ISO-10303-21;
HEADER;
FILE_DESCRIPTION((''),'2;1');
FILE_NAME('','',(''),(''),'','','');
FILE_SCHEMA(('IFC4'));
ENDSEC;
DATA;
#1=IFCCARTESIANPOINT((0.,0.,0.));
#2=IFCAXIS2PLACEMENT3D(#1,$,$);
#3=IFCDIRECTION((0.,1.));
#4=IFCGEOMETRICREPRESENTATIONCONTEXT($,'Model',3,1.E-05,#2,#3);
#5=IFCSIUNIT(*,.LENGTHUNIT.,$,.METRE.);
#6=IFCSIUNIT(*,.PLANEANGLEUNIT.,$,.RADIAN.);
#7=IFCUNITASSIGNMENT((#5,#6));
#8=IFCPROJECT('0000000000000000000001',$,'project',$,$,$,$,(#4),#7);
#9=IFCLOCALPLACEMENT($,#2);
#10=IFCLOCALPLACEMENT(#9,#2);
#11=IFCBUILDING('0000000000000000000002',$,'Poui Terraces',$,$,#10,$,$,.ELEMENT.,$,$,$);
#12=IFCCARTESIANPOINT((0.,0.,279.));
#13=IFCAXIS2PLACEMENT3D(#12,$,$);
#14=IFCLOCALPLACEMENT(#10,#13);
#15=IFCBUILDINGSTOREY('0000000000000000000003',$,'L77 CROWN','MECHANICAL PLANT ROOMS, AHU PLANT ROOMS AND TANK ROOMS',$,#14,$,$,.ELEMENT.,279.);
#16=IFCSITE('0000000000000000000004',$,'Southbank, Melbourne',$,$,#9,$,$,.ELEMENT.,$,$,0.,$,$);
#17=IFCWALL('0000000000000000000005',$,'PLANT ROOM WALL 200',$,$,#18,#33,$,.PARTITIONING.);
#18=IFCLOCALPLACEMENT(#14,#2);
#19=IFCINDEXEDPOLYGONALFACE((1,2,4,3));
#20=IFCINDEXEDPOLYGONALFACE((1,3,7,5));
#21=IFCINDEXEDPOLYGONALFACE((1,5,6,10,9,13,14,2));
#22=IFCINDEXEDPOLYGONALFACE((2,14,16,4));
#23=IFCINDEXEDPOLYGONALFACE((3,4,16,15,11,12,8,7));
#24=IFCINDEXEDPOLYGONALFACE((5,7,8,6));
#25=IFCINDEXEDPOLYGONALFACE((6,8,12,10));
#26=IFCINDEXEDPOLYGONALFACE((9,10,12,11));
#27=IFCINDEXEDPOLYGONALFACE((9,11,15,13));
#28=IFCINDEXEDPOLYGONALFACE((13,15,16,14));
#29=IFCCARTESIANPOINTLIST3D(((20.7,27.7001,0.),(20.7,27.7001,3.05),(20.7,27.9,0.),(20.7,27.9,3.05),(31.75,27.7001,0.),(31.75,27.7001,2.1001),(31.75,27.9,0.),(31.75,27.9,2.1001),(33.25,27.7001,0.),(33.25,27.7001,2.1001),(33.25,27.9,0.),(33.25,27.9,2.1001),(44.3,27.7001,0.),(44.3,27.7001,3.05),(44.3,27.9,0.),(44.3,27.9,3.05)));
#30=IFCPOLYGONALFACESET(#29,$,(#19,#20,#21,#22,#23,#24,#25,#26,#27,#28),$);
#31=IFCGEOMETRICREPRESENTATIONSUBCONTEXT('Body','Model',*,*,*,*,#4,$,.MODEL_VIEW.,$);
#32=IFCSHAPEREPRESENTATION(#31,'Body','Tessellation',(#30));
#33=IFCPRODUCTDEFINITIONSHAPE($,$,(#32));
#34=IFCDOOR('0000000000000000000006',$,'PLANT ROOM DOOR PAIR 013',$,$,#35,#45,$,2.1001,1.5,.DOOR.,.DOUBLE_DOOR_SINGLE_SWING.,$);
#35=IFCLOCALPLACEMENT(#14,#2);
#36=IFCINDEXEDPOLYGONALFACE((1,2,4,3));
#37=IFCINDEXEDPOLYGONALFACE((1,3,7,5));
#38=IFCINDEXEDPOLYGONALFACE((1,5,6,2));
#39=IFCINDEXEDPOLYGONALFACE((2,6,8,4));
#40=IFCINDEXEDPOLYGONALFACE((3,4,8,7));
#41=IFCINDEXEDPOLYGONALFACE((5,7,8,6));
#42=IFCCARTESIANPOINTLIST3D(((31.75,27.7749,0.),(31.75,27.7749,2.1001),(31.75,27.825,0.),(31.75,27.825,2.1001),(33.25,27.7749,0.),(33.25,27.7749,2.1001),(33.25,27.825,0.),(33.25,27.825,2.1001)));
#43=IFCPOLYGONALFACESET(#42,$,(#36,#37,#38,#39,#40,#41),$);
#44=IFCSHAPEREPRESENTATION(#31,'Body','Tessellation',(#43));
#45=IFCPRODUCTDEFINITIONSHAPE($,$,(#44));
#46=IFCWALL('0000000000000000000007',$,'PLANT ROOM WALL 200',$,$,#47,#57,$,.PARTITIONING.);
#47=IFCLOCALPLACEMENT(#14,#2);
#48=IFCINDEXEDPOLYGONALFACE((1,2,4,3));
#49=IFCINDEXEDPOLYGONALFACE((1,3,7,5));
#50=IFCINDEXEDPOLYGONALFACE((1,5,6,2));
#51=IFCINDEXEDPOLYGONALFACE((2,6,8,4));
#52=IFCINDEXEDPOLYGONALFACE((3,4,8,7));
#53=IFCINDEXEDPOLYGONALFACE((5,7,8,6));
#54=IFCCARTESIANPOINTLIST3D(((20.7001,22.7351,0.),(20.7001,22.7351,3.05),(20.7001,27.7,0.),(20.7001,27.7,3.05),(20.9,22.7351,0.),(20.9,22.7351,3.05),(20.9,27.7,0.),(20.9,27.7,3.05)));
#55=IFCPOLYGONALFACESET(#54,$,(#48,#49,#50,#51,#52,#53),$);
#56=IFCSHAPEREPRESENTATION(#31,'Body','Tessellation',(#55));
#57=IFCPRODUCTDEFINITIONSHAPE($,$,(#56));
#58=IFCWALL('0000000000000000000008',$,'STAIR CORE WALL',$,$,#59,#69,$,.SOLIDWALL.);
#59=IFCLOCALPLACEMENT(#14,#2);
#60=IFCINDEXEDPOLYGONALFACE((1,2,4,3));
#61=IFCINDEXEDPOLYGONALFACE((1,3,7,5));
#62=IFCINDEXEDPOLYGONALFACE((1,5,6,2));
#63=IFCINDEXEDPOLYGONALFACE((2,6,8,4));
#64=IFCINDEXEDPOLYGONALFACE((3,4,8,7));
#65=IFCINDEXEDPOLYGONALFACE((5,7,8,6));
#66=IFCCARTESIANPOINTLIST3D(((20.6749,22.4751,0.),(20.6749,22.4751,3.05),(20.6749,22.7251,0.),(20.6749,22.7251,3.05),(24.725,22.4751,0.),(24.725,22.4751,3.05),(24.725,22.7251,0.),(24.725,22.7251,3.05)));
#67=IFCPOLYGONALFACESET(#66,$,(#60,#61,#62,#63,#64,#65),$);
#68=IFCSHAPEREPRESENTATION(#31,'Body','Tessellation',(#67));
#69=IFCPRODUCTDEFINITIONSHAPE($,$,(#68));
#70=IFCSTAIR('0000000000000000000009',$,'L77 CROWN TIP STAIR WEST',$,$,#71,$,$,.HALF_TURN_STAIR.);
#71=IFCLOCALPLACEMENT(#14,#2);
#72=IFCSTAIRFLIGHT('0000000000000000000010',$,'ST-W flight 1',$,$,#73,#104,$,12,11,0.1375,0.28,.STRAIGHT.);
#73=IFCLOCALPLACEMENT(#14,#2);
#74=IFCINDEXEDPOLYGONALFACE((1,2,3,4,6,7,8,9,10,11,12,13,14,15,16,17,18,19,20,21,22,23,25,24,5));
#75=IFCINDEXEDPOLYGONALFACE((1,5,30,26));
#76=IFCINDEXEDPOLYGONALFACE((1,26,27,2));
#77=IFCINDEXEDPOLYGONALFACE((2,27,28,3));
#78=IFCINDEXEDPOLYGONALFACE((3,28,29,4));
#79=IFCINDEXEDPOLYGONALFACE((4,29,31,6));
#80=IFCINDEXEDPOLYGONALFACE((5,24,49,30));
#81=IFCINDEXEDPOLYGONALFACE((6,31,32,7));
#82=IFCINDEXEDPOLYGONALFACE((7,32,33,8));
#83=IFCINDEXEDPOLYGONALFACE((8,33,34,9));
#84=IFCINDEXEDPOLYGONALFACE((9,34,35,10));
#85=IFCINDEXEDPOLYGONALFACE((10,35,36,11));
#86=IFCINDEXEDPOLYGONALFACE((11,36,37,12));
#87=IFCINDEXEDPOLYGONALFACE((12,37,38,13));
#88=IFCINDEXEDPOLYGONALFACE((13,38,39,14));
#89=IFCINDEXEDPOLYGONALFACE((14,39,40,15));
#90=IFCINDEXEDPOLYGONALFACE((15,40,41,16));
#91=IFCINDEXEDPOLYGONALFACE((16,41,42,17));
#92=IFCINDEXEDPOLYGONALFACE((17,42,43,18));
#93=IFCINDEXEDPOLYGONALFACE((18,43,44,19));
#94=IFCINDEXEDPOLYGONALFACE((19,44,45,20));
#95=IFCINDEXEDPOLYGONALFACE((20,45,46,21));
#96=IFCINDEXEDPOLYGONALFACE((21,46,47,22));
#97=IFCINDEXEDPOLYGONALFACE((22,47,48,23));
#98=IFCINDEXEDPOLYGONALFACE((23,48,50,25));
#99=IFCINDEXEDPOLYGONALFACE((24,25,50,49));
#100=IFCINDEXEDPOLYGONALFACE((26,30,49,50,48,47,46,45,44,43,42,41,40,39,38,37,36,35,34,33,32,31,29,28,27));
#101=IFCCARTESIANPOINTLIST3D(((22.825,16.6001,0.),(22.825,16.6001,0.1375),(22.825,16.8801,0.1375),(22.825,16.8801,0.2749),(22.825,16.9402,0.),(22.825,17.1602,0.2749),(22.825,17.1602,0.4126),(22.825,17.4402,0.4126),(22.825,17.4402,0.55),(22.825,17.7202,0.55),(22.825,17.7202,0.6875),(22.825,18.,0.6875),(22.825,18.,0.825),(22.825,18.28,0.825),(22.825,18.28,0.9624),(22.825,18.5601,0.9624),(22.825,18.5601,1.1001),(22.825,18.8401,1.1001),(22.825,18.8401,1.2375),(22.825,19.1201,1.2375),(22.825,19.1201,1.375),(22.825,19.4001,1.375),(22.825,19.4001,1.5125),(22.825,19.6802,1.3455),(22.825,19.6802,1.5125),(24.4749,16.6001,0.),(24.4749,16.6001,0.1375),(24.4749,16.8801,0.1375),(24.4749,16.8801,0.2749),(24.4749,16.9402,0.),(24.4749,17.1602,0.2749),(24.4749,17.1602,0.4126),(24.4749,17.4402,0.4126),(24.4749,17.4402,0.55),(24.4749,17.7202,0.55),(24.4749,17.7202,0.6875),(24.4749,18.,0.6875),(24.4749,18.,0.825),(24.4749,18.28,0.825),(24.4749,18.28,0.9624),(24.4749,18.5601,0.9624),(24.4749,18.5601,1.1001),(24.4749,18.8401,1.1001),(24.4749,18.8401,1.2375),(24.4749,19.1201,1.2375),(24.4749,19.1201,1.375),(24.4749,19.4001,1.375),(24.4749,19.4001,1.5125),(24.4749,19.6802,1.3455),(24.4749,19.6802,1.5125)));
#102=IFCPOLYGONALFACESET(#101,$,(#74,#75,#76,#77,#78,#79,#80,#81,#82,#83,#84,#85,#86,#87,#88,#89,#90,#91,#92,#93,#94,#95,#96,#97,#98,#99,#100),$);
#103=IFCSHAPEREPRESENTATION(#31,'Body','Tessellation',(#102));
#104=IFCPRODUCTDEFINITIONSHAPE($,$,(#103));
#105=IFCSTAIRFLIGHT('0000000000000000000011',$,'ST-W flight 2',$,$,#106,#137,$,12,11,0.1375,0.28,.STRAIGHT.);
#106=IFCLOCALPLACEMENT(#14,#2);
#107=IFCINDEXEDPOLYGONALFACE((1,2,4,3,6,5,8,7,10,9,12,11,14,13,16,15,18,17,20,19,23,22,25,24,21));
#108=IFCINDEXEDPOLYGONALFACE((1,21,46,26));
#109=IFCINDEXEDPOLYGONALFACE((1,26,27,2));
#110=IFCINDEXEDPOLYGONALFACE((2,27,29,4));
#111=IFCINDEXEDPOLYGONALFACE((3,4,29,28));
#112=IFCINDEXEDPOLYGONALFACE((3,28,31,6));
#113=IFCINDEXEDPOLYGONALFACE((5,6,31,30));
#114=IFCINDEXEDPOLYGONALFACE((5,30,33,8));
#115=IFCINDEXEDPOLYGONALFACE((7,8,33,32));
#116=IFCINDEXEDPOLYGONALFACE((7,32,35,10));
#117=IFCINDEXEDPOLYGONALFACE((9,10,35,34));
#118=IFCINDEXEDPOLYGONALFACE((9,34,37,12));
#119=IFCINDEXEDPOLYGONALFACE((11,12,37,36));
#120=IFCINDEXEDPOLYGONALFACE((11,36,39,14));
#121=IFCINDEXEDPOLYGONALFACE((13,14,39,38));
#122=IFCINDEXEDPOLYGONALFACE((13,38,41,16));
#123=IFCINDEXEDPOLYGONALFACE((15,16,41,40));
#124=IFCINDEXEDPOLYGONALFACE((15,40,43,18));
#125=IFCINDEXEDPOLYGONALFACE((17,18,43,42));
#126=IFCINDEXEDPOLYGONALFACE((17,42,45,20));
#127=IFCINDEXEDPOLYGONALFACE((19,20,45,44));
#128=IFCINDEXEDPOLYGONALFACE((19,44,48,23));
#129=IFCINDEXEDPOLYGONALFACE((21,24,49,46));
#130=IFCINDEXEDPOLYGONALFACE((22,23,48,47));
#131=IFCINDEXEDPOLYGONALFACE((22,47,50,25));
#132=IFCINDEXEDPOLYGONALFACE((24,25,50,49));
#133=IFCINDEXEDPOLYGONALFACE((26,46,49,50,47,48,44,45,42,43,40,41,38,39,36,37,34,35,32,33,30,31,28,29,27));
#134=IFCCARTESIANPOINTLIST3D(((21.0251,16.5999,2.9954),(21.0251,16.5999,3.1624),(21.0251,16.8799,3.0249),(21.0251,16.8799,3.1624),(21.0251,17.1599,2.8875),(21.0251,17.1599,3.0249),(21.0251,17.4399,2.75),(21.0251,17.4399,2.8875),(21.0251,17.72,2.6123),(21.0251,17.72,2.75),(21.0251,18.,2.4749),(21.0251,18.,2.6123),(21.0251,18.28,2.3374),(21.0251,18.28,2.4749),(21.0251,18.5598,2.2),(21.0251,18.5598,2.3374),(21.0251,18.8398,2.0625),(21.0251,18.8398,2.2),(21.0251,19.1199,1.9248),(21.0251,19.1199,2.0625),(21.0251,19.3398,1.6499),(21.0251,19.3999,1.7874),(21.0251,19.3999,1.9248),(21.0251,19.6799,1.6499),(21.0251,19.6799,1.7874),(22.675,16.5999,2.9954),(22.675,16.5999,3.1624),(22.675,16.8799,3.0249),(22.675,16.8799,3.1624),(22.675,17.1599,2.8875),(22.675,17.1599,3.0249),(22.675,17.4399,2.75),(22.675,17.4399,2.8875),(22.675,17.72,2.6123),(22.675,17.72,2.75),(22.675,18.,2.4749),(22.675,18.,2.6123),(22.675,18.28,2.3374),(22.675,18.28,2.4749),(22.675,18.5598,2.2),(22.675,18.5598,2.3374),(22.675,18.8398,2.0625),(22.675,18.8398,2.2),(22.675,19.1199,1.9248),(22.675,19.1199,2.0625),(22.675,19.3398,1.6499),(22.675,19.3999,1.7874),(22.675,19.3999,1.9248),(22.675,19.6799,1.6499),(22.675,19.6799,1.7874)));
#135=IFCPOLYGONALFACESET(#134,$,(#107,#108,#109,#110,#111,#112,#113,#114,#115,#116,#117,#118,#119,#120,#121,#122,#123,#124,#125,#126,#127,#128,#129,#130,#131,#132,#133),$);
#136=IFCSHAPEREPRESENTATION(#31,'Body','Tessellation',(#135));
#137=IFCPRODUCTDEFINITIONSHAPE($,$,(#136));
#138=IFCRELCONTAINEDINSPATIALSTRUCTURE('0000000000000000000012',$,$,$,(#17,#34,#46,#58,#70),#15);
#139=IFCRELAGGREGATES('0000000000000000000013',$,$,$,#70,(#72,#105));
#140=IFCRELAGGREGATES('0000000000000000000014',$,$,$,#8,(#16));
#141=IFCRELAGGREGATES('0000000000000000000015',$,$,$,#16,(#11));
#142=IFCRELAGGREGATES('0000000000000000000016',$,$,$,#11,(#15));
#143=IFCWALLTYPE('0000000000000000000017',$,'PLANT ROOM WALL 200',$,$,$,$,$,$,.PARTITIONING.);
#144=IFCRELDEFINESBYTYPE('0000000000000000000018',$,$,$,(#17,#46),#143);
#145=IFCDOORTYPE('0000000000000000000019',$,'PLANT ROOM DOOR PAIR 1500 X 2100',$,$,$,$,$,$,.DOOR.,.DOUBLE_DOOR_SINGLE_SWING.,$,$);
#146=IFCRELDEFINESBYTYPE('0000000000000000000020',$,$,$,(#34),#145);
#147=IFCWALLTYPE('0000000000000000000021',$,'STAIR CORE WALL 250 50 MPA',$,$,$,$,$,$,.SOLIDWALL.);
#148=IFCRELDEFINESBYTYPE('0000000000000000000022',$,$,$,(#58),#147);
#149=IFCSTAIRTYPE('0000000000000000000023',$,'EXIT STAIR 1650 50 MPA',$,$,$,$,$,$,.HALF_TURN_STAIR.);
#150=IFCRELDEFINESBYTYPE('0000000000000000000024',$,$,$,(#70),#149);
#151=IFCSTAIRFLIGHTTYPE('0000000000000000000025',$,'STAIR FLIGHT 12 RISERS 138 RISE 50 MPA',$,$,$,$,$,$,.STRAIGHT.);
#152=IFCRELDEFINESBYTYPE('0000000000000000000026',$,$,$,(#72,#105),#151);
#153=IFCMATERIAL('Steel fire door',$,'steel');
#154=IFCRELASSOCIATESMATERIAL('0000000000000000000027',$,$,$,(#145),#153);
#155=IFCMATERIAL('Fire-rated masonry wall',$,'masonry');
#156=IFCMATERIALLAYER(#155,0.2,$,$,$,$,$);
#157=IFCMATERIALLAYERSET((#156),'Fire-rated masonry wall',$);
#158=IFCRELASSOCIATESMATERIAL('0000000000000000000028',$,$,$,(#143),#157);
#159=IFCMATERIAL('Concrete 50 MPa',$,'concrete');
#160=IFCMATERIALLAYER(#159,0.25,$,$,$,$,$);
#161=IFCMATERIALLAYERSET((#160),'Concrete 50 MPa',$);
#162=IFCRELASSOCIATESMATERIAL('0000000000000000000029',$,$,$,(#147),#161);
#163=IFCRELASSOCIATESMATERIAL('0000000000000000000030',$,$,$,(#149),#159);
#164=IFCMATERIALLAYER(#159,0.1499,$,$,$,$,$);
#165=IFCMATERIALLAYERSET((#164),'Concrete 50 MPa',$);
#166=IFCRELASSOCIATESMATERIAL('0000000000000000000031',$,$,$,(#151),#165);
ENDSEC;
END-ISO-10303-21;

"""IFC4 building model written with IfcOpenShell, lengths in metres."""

from ifc_helpers import new_model, si_unit, direction, frame, frame_2d, origin, place, context, subcontext, project, spatial, polyline, rectangle, outline, extrude, material, layer, layer_set, type_object, element, fill, aggregate, save


model = new_model("IFC4")

# Units and contexts
model_context = context("Model", 3, precision=1e-05, world=origin(), true_north=direction((0.0, 1.0)))
body_context = subcontext(model_context, "Body", "Model", "MODEL_VIEW")
ifc_project = project(units=[si_unit("LENGTHUNIT", "METRE"), si_unit("PLANEANGLEUNIT", "RADIAN")], contexts=[model_context])

# Site, building, storey
site_placement = place(None, origin())
site = spatial("IfcSite", under=ifc_project, at=site_placement, Name="Southbank, Melbourne", CompositionType="ELEMENT", RefElevation=0.0)
building_placement = place(site_placement, origin())
building = spatial("IfcBuilding", under=site, at=building_placement, Name="Poui Terraces", CompositionType="ELEMENT")
storey_placement = place(building_placement, frame((0.0, 0.0, 279.0)))
storey = spatial("IfcBuildingStorey", under=building, at=storey_placement, Name="L77 CROWN", Description="MECHANICAL PLANT ROOMS, AHU PLANT ROOMS AND TANK ROOMS", CompositionType="ELEMENT", Elevation=279.0)

# Shared definitions
ifc_material_1 = material(Name="Concrete 50 MPa", Category="concrete")

# Shared definitions
ifc_material_2 = material(Name="Steel fire door", Category="steel")

# Shared definitions
door_type_1 = type_object("IfcDoorType", Name="PLANT ROOM DOOR PAIR 1500 X 2100", OperationType="DOUBLE_DOOR_SINGLE_SWING", PredefinedType="DOOR", material=ifc_material_2)

# Shared definitions
ifc_material_3 = material(Name="Fire-rated masonry wall", Category="masonry")
ifc_layer_1 = layer(ifc_material_3, 0.2)
ifc_layer_set_1 = layer_set([ifc_layer_1], Name="Fire-rated masonry wall")
wall_type_1 = type_object("IfcWallType", Name="PLANT ROOM WALL 200", PredefinedType="PARTITIONING", material=ifc_layer_set_1)

# Wall, opening, door
wall_1_placement = place(storey_placement, frame((20.7, 27.8, 0.0), z_axis=(0.0, 0.0, 1.0), x_axis=(1.0, 0.0, 0.0)))
wall_1 = element("IfcWall", 1, at=wall_1_placement, inside=storey, type_object=wall_type_1, Name="PLANT ROOM WALL 200", PredefinedType="PARTITIONING", context=body_context, shape_type="SweptSolid", body=[
    extrude(rectangle(XDim=23.6001, YDim=0.2, at=frame_2d((11.8, 0.0))), origin(), (0.0, 0.0, 1.0), 3.05),
])
opening_1_placement = place(wall_1_placement, frame((11.05, 0.0, 0.0)))
opening_1 = element("IfcOpeningElement", 2, at=opening_1_placement, cuts=wall_1, PredefinedType="OPENING", context=body_context, shape_type="SweptSolid", body=[
    extrude(rectangle(XDim=1.5, YDim=2.1001, at=frame_2d((0.75, 1.05))), frame((0.0, 0.1099, 0.0), z_axis=(0.0, -1.0, 0.0), x_axis=(1.0, 0.0, 0.0)), (0.0, 0.0, 1.0), 0.22),
])
door_1_placement = place(opening_1_placement, origin())
door_1 = element("IfcDoor", 3, at=door_1_placement, inside=storey, type_object=door_type_1, Name="PLANT ROOM DOOR PAIR 013", OperationType="DOUBLE_DOOR_SINGLE_SWING", OverallHeight=2.1001, OverallWidth=1.5, PredefinedType="DOOR", context=body_context, shape_type="SweptSolid", body=[
    extrude(rectangle(XDim=1.5, YDim=2.1001, at=frame_2d((0.75, 1.05))), frame((0.0, 0.0249, 0.0), z_axis=(0.0, -1.0, 0.0), x_axis=(1.0, 0.0, 0.0)), (0.0, 0.0, 1.0), 0.05),
])
fill(opening_1, door_1)

# Walls
wall_2_placement = place(storey_placement, frame((20.8, 22.7351, 0.0), z_axis=(0.0, 0.0, 1.0), x_axis=(0.0, 1.0, 0.0)))
element("IfcWall", 4, at=wall_2_placement, inside=storey, type_object=wall_type_1, Name="PLANT ROOM WALL 200", PredefinedType="PARTITIONING", context=body_context, shape_type="SweptSolid", body=[
    extrude(rectangle(XDim=4.9648, YDim=0.2, at=frame_2d((2.4824, 0.0))), origin(), (0.0, 0.0, 1.0), 3.05),
])
ifc_layer_2 = layer(ifc_material_1, 0.25)
ifc_layer_set_2 = layer_set([ifc_layer_2], Name="Concrete 50 MPa")
wall_type_2 = type_object("IfcWallType", Name="STAIR CORE WALL 250 50 MPA", PredefinedType="SOLIDWALL", material=ifc_layer_set_2)
wall_3_placement = place(storey_placement, frame((20.675, 22.6001, 0.0), z_axis=(0.0, 0.0, 1.0), x_axis=(1.0, 0.0, 0.0)))
element("IfcWall", 5, at=wall_3_placement, inside=storey, type_object=wall_type_2, Name="STAIR CORE WALL", PredefinedType="SOLIDWALL", context=body_context, shape_type="SweptSolid", body=[
    extrude(rectangle(XDim=4.05, YDim=0.25, at=frame_2d((2.0249, 0.0))), origin(), (0.0, 0.0, 1.0), 3.05),
])

# Stair, stair flights
stair_type = type_object("IfcStairType", Name="EXIT STAIR 1650 50 MPA", PredefinedType="HALF_TURN_STAIR", material=ifc_material_1)
stair_placement = place(storey_placement, origin())
stair = element("IfcStair", 6, at=stair_placement, inside=storey, type_object=stair_type, Name="L77 CROWN TIP STAIR WEST", PredefinedType="HALF_TURN_STAIR")
ifc_layer_3 = layer(ifc_material_1, 0.1499)
ifc_layer_set_3 = layer_set([ifc_layer_3], Name="Concrete 50 MPa")
stair_flight_type = type_object("IfcStairFlightType", Name="STAIR FLIGHT 12 RISERS 138 RISE 50 MPA", PredefinedType="STRAIGHT", material=ifc_layer_set_3)
stair_flight_1_placement = place(storey_placement, frame((23.6499, 16.6001, 0.0), z_axis=(0.0, 0.0, 1.0), x_axis=(0.0, 1.0, 0.0)))
stair_flight_1 = element("IfcStairFlight", 7, at=stair_flight_1_placement, type_object=stair_flight_type, Name="ST-W flight 1", NumberOfRisers=12, NumberOfTreads=11, PredefinedType="STRAIGHT", RiserHeight=0.1375, TreadLength=0.28, context=body_context, shape_type="SweptSolid", body=[
    extrude(outline(polyline([(0.0, 0.0), (0.0, 0.1375), (0.28, 0.1375), (0.28, 0.2749), (0.5601, 0.2749), (0.5601, 0.4126), (0.8401, 0.4126), (0.8401, 0.55), (1.1201, 0.55), (1.1201, 0.6875), (1.3999, 0.6875), (1.3999, 0.825), (1.6799, 0.825), (1.6799, 0.9624), (1.96, 0.9624), (1.96, 1.1001), (2.24, 1.1001), (2.24, 1.2375), (2.52, 1.2375), (2.52, 1.375), (2.8, 1.375), (2.8, 1.5125), (3.0801, 1.5125), (3.0801, 1.6499), (3.0801, 1.3455), (0.3401, 0.0), (0.0, 0.0)])), frame((0.0, 0.825, 0.0), z_axis=(0.0, -1.0, 0.0), x_axis=(1.0, 0.0, 0.0)), (0.0, 0.0, 1.0), 1.6499),
])
stair_flight_2_placement = place(storey_placement, frame((21.8501, 19.6799, 1.6499), z_axis=(0.0, 0.0, 1.0), x_axis=(0.0, -1.0, 0.0)))
stair_flight_2 = element("IfcStairFlight", 8, at=stair_flight_2_placement, type_object=stair_flight_type, Name="ST-W flight 2", NumberOfRisers=12, NumberOfTreads=11, PredefinedType="STRAIGHT", RiserHeight=0.1375, TreadLength=0.28, context=body_context, shape_type="SweptSolid", body=[
    extrude(outline(polyline([(0.0, 0.0), (0.0, 0.1375), (0.28, 0.1375), (0.28, 0.2749), (0.5601, 0.2749), (0.5601, 0.4126), (0.8401, 0.4126), (0.8401, 0.55), (1.1201, 0.55), (1.1201, 0.6875), (1.3999, 0.6875), (1.3999, 0.825), (1.6799, 0.825), (1.6799, 0.9624), (1.96, 0.9624), (1.96, 1.1001), (2.24, 1.1001), (2.24, 1.2375), (2.52, 1.2375), (2.52, 1.375), (2.8, 1.375), (2.8, 1.5125), (3.0801, 1.5125), (3.0801, 1.6499), (3.0801, 1.3455), (0.3401, 0.0), (0.0, 0.0)])), frame((0.0, 0.825, 0.0), z_axis=(0.0, -1.0, 0.0), x_axis=(1.0, 0.0, 0.0)), (0.0, 0.0, 1.0), 1.6499),
])
aggregate(stair, [stair_flight_1, stair_flight_2])

save(model, "model.ifc")
